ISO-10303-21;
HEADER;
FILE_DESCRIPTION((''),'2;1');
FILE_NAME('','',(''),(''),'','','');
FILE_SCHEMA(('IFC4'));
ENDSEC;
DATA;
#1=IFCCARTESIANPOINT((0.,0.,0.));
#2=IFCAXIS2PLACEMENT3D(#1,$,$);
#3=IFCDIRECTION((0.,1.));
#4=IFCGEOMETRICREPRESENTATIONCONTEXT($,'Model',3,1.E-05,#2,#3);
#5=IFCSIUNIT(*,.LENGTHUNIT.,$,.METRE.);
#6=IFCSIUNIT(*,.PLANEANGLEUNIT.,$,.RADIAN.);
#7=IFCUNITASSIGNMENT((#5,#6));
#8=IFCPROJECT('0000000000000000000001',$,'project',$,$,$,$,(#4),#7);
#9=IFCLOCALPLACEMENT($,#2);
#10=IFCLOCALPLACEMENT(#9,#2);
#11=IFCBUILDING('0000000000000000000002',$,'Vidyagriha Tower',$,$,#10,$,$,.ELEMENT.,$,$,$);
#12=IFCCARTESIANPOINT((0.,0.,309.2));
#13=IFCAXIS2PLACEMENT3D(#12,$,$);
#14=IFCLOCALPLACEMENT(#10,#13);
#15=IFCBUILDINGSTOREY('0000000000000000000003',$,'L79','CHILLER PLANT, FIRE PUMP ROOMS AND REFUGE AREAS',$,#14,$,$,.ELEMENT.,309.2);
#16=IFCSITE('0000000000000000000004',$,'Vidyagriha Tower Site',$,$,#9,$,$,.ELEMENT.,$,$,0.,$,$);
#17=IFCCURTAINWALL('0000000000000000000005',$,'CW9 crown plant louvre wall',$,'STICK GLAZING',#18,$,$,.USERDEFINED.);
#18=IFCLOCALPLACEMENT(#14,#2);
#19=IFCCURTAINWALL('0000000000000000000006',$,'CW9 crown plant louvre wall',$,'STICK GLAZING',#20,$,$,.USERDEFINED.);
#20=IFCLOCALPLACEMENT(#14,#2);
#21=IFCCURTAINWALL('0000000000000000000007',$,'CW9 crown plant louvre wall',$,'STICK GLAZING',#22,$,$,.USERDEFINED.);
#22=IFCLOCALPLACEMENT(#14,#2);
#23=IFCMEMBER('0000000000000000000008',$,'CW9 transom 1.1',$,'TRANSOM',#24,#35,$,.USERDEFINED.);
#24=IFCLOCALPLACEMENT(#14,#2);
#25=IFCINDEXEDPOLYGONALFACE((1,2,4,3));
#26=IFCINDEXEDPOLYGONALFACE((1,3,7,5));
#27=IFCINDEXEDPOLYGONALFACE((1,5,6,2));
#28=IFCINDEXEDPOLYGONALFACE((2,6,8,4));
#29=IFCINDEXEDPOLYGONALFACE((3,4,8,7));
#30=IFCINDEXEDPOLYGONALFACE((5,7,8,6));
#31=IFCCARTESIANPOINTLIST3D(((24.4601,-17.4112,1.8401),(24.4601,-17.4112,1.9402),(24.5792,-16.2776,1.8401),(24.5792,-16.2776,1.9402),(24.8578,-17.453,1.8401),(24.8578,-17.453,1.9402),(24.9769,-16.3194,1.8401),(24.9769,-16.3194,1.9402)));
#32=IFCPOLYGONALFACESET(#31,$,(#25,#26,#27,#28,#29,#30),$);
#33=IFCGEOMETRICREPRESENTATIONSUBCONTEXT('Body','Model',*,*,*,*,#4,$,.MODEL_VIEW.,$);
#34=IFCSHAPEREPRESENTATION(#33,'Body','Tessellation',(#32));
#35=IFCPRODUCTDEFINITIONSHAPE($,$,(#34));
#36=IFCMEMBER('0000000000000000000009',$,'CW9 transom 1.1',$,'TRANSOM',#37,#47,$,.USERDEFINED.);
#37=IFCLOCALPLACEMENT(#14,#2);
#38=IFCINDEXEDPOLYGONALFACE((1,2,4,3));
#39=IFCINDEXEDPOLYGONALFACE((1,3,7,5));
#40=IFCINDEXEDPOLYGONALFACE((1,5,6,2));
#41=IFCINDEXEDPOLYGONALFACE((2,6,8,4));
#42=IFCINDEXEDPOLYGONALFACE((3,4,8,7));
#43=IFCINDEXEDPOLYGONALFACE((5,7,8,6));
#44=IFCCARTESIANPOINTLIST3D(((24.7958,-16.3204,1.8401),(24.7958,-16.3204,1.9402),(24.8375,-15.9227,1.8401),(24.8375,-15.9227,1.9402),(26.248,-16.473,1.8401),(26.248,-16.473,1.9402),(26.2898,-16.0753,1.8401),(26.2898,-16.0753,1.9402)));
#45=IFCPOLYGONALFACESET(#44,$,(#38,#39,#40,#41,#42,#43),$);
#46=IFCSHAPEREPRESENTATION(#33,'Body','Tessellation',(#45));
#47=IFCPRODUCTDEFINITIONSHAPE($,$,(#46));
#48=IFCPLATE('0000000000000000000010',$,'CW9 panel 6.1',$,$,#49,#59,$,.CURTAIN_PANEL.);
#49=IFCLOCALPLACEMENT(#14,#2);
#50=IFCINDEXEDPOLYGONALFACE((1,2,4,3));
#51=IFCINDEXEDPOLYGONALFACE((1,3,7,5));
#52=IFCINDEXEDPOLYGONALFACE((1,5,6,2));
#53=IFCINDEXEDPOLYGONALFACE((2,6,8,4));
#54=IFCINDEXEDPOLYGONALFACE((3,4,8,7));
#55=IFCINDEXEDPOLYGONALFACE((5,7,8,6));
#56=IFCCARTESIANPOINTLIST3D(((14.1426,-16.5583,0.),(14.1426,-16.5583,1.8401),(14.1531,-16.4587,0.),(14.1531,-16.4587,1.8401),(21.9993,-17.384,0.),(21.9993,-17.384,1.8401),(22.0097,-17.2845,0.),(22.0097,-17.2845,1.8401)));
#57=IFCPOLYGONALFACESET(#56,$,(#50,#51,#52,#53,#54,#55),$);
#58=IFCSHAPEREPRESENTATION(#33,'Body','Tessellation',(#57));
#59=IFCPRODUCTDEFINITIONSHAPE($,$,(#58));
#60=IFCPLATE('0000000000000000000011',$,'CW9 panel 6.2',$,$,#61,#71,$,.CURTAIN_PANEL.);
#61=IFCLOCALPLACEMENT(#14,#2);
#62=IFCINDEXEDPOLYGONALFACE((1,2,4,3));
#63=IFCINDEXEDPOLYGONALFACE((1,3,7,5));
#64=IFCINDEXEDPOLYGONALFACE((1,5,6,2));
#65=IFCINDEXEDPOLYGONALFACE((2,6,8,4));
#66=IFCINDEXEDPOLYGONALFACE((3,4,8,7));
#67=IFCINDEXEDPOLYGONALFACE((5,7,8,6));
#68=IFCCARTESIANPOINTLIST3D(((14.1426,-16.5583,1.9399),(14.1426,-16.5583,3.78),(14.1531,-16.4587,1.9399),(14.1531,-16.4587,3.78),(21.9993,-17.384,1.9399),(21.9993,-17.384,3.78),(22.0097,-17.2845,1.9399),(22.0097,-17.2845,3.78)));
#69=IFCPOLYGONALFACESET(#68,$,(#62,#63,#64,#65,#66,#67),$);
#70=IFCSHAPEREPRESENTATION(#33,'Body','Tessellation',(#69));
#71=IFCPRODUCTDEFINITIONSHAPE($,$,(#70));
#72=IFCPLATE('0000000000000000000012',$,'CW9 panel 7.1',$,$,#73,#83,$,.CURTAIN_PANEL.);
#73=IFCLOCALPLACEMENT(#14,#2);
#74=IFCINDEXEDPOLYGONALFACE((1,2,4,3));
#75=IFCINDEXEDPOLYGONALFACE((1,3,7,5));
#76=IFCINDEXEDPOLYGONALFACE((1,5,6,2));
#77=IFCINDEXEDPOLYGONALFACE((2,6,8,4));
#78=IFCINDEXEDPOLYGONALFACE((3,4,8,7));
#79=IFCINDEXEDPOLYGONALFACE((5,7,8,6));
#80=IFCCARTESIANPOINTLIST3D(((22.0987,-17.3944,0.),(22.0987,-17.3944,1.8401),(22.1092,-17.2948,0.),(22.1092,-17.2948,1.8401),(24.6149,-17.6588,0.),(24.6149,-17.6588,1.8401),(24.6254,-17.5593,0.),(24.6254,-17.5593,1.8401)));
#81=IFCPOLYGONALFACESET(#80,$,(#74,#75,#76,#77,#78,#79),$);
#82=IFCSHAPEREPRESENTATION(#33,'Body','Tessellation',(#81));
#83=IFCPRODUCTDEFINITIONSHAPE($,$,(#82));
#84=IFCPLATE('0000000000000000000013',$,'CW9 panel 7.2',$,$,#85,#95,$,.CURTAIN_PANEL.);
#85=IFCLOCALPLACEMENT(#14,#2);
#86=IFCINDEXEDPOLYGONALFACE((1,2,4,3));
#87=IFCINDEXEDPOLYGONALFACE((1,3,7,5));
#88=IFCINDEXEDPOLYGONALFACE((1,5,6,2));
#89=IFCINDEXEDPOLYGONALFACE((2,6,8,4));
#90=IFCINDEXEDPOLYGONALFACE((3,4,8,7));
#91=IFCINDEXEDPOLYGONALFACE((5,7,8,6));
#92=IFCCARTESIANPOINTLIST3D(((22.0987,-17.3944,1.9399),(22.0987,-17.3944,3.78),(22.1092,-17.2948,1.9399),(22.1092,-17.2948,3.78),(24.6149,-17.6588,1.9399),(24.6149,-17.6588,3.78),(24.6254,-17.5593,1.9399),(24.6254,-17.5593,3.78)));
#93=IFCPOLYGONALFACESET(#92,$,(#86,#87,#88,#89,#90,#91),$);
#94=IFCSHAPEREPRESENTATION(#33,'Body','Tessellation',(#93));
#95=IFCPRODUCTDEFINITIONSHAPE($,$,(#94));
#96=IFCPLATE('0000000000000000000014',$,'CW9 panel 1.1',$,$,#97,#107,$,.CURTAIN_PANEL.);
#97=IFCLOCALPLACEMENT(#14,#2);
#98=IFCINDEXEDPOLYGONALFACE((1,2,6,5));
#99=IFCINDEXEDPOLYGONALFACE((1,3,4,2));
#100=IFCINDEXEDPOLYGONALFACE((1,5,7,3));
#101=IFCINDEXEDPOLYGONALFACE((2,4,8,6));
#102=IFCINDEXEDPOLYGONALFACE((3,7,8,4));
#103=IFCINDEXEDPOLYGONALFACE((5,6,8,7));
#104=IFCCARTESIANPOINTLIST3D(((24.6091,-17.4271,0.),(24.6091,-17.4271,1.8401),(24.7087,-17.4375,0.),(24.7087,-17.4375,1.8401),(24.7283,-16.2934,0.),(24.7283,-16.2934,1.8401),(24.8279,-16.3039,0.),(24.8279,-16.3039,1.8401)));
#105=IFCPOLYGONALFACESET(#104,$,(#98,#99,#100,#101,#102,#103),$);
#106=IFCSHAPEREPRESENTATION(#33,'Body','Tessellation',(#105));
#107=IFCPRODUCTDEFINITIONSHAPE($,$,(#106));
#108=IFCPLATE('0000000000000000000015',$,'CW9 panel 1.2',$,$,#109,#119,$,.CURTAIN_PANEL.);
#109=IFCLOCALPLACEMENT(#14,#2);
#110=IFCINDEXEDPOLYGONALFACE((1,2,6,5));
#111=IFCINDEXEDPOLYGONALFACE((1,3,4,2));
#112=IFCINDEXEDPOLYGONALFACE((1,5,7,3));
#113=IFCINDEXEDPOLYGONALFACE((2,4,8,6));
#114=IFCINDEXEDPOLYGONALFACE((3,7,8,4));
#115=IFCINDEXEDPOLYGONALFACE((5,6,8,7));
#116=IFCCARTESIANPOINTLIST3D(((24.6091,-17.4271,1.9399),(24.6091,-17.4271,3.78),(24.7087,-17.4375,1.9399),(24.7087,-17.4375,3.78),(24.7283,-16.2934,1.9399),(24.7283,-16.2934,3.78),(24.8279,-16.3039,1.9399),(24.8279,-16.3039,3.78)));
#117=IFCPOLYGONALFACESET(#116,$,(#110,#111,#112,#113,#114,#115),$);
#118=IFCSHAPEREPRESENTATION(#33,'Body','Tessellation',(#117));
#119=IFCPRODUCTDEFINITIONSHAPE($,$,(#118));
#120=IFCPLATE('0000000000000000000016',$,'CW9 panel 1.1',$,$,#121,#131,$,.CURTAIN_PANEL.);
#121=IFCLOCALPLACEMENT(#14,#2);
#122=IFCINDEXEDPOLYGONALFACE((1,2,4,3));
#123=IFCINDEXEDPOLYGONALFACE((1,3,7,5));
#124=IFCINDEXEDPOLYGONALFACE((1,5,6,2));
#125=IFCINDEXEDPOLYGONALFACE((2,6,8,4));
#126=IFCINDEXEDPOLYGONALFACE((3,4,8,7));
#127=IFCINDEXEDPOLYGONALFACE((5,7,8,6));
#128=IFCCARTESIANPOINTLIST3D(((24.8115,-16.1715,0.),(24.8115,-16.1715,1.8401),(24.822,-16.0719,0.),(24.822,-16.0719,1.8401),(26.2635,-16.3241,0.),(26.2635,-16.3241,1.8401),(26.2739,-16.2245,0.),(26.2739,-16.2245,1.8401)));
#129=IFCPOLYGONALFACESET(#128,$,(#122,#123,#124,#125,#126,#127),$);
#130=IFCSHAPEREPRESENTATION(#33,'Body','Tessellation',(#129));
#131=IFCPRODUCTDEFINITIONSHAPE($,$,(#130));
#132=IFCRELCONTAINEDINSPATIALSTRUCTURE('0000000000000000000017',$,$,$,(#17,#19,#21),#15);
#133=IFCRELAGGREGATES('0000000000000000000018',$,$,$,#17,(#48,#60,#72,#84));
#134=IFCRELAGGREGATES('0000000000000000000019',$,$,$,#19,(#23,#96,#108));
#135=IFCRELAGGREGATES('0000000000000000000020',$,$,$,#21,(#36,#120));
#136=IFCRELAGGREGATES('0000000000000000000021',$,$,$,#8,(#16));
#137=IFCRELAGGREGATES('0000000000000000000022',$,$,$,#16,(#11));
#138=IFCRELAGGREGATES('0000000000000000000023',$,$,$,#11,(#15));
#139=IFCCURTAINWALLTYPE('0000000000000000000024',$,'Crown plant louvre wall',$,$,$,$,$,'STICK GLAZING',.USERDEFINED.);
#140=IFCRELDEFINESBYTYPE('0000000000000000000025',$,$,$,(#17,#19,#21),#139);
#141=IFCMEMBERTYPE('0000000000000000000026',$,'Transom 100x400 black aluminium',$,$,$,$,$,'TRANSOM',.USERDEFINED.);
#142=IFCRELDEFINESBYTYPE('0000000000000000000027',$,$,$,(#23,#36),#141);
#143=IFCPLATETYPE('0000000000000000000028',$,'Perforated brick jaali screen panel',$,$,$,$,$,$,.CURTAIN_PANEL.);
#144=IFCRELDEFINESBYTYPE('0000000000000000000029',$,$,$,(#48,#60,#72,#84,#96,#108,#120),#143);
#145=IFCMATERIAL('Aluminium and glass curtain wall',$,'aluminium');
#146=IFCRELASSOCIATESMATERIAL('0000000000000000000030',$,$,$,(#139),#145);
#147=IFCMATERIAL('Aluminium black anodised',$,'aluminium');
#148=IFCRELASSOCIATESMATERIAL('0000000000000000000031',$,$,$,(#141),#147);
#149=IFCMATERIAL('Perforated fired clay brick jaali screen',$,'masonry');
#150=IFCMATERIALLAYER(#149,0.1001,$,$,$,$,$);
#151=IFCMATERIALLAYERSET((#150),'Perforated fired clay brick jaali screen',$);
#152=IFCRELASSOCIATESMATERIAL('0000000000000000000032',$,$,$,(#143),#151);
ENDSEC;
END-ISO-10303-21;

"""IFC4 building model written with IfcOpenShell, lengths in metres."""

from ifc_helpers import new_model, si_unit, direction, frame, origin, origin_2d, place, context, subcontext, project, spatial, rectangle, extrude, material, layer, layer_set, material_profile, profile_set, type_object, element, aggregate, save


model = new_model("IFC4")

# Units and contexts
model_context = context("Model", 3, precision=1e-05, world=origin(), true_north=direction((0.0, 1.0)))
body_context = subcontext(model_context, "Body", "Model", "MODEL_VIEW")
ifc_project = project(units=[si_unit("LENGTHUNIT", "METRE"), si_unit("PLANEANGLEUNIT", "RADIAN")], contexts=[model_context])

# Site, building, storey
site_placement = place(None, origin())
site = spatial("IfcSite", under=ifc_project, at=site_placement, Name="Vidyagriha Tower Site", CompositionType="ELEMENT", RefElevation=0.0)
building_placement = place(site_placement, origin())
building = spatial("IfcBuilding", under=site, at=building_placement, Name="Vidyagriha Tower", CompositionType="ELEMENT")
storey_placement = place(building_placement, frame((0.0, 0.0, 309.2)))
storey = spatial("IfcBuildingStorey", under=building, at=storey_placement, Name="L79", Description="CHILLER PLANT, FIRE PUMP ROOMS AND REFUGE AREAS", CompositionType="ELEMENT", Elevation=309.2)

# Curtain walls
ifc_material_1 = material(Name="Aluminium and glass curtain wall", Category="aluminium")
curtain_wall_type = type_object("IfcCurtainWallType", Name="Crown plant louvre wall", ElementType="STICK GLAZING", PredefinedType="USERDEFINED", material=ifc_material_1)
curtain_wall_1_placement = place(storey_placement, origin())
curtain_wall_1 = element("IfcCurtainWall", 1, at=curtain_wall_1_placement, inside=storey, type_object=curtain_wall_type, Name="CW9 crown plant louvre wall", ObjectType="STICK GLAZING", PredefinedType="USERDEFINED")
curtain_wall_2_placement = place(storey_placement, origin())
curtain_wall_2 = element("IfcCurtainWall", 2, at=curtain_wall_2_placement, inside=storey, type_object=curtain_wall_type, Name="CW9 crown plant louvre wall", ObjectType="STICK GLAZING", PredefinedType="USERDEFINED")

# Curtain wall
curtain_wall_3_placement = place(storey_placement, origin())
curtain_wall_3 = element("IfcCurtainWall", 3, at=curtain_wall_3_placement, inside=storey, type_object=curtain_wall_type, Name="CW9 crown plant louvre wall", ObjectType="STICK GLAZING", PredefinedType="USERDEFINED")

# Members
ifc_material_2 = material(Name="Aluminium black anodised", Category="aluminium")
ifc_material_profile_1 = material_profile(ifc_material_2, rectangle(XDim=0.3999, YDim=0.1001, at=origin_2d()), Name="Transom 100x400 black aluminium")
ifc_profile_set_1 = profile_set([ifc_material_profile_1], Name="Aluminium black anodised")
member_type_1 = type_object("IfcMemberType", Name="Transom 100x400 black aluminium", ElementType="TRANSOM", PredefinedType="USERDEFINED", material=ifc_profile_set_1)
member_1_placement = place(storey_placement, frame((24.6589, -17.4321, 1.8901), z_axis=(0.104529, 0.994522, 0.0), x_axis=(-0.994522, 0.104529, 0.0)))
member_1 = element("IfcMember", 4, at=member_1_placement, type_object=member_type_1, Name="CW9 transom 1.1", ObjectType="TRANSOM", PredefinedType="USERDEFINED", context=body_context, shape_type="SweptSolid", body=[
    extrude(rectangle(XDim=0.3999, YDim=0.1001, at=origin_2d()), origin(), (0.0, 0.0, 1.0), 1.1399),
])
member_2_placement = place(storey_placement, frame((24.8167, -16.1216, 1.8901), z_axis=(0.994525, -0.104502, 0.0), x_axis=(0.104502, 0.994525, 0.0)))
member_2 = element("IfcMember", 5, at=member_2_placement, type_object=member_type_1, Name="CW9 transom 1.1", ObjectType="TRANSOM", PredefinedType="USERDEFINED", context=body_context, shape_type="SweptSolid", body=[
    extrude(rectangle(XDim=0.3999, YDim=0.1001, at=origin_2d()), origin(), (0.0, 0.0, 1.0), 1.4602),
])

# Plates
ifc_material_3 = material(Name="Perforated fired clay brick jaali screen", Category="masonry")
ifc_layer = layer(ifc_material_3, 0.1001)
ifc_layer_set = layer_set([ifc_layer], Name="Perforated fired clay brick jaali screen")
plate_type = type_object("IfcPlateType", Name="Perforated brick jaali screen panel", PredefinedType="CURTAIN_PANEL", material=ifc_layer_set)
plate_1_placement = place(storey_placement, frame((18.0762, -16.9214, 0.0), z_axis=(0.0, 0.0, 1.0), x_axis=(0.994522, -0.104528, 0.0)))
plate_1 = element("IfcPlate", 6, at=plate_1_placement, type_object=plate_type, Name="CW9 panel 6.1", PredefinedType="CURTAIN_PANEL", context=body_context, shape_type="SweptSolid", body=[
    extrude(rectangle(XDim=7.8999, YDim=0.1001, at=origin_2d()), origin(), (0.0, 0.0, 1.0), 1.8401),
])
plate_2_placement = place(storey_placement, frame((18.0762, -16.9214, 1.9399), z_axis=(0.0, 0.0, 1.0), x_axis=(0.994522, -0.104528, 0.0)))
plate_2 = element("IfcPlate", 7, at=plate_2_placement, type_object=plate_type, Name="CW9 panel 6.2", PredefinedType="CURTAIN_PANEL", context=body_context, shape_type="SweptSolid", body=[
    extrude(rectangle(XDim=7.8999, YDim=0.1001, at=origin_2d()), origin(), (0.0, 0.0, 1.0), 1.8401),
])
plate_3_placement = place(storey_placement, frame((23.3621, -17.4768, 0.0), z_axis=(0.0, 0.0, 1.0), x_axis=(0.994522, -0.104528, 0.0)))
plate_3 = element("IfcPlate", 8, at=plate_3_placement, type_object=plate_type, Name="CW9 panel 7.1", PredefinedType="CURTAIN_PANEL", context=body_context, shape_type="SweptSolid", body=[
    extrude(rectangle(XDim=2.53, YDim=0.1001, at=origin_2d()), origin(), (0.0, 0.0, 1.0), 1.8401),
])
plate_4_placement = place(storey_placement, frame((23.3621, -17.4768, 1.9399), z_axis=(0.0, 0.0, 1.0), x_axis=(0.994522, -0.104528, 0.0)))
plate_4 = element("IfcPlate", 9, at=plate_4_placement, type_object=plate_type, Name="CW9 panel 7.2", PredefinedType="CURTAIN_PANEL", context=body_context, shape_type="SweptSolid", body=[
    extrude(rectangle(XDim=2.53, YDim=0.1001, at=origin_2d()), origin(), (0.0, 0.0, 1.0), 1.8401),
])
aggregate(curtain_wall_1, [plate_1, plate_2, plate_3, plate_4])
plate_5_placement = place(storey_placement, frame((24.7185, -16.8655, 0.0), z_axis=(0.0, 0.0, 1.0), x_axis=(0.104557, 0.994519, 0.0)))
plate_5 = element("IfcPlate", 10, at=plate_5_placement, type_object=plate_type, Name="CW9 panel 1.1", PredefinedType="CURTAIN_PANEL", context=body_context, shape_type="SweptSolid", body=[
    extrude(rectangle(XDim=1.1399, YDim=0.1001, at=origin_2d()), origin(), (0.0, 0.0, 1.0), 1.8401),
])
plate_6_placement = place(storey_placement, frame((24.7185, -16.8655, 1.9399), z_axis=(0.0, 0.0, 1.0), x_axis=(0.104557, 0.994519, 0.0)))
plate_6 = element("IfcPlate", 11, at=plate_6_placement, type_object=plate_type, Name="CW9 panel 1.2", PredefinedType="CURTAIN_PANEL", context=body_context, shape_type="SweptSolid", body=[
    extrude(rectangle(XDim=1.1399, YDim=0.1001, at=origin_2d()), origin(), (0.0, 0.0, 1.0), 1.8401),
])
aggregate(curtain_wall_2, [member_1, plate_5, plate_6])
plate_7_placement = place(storey_placement, frame((25.5427, -16.198, 0.0), z_axis=(0.0, 0.0, 1.0), x_axis=(0.994523, -0.104519, 0.0)))
plate_7 = element("IfcPlate", 12, at=plate_7_placement, type_object=plate_type, Name="CW9 panel 1.1", PredefinedType="CURTAIN_PANEL", context=body_context, shape_type="SweptSolid", body=[
    extrude(rectangle(XDim=1.46, YDim=0.1001, at=origin_2d()), origin(), (0.0, 0.0, 1.0), 1.8401),
])
aggregate(curtain_wall_3, [member_2, plate_7])

save(model, "model.ifc")
